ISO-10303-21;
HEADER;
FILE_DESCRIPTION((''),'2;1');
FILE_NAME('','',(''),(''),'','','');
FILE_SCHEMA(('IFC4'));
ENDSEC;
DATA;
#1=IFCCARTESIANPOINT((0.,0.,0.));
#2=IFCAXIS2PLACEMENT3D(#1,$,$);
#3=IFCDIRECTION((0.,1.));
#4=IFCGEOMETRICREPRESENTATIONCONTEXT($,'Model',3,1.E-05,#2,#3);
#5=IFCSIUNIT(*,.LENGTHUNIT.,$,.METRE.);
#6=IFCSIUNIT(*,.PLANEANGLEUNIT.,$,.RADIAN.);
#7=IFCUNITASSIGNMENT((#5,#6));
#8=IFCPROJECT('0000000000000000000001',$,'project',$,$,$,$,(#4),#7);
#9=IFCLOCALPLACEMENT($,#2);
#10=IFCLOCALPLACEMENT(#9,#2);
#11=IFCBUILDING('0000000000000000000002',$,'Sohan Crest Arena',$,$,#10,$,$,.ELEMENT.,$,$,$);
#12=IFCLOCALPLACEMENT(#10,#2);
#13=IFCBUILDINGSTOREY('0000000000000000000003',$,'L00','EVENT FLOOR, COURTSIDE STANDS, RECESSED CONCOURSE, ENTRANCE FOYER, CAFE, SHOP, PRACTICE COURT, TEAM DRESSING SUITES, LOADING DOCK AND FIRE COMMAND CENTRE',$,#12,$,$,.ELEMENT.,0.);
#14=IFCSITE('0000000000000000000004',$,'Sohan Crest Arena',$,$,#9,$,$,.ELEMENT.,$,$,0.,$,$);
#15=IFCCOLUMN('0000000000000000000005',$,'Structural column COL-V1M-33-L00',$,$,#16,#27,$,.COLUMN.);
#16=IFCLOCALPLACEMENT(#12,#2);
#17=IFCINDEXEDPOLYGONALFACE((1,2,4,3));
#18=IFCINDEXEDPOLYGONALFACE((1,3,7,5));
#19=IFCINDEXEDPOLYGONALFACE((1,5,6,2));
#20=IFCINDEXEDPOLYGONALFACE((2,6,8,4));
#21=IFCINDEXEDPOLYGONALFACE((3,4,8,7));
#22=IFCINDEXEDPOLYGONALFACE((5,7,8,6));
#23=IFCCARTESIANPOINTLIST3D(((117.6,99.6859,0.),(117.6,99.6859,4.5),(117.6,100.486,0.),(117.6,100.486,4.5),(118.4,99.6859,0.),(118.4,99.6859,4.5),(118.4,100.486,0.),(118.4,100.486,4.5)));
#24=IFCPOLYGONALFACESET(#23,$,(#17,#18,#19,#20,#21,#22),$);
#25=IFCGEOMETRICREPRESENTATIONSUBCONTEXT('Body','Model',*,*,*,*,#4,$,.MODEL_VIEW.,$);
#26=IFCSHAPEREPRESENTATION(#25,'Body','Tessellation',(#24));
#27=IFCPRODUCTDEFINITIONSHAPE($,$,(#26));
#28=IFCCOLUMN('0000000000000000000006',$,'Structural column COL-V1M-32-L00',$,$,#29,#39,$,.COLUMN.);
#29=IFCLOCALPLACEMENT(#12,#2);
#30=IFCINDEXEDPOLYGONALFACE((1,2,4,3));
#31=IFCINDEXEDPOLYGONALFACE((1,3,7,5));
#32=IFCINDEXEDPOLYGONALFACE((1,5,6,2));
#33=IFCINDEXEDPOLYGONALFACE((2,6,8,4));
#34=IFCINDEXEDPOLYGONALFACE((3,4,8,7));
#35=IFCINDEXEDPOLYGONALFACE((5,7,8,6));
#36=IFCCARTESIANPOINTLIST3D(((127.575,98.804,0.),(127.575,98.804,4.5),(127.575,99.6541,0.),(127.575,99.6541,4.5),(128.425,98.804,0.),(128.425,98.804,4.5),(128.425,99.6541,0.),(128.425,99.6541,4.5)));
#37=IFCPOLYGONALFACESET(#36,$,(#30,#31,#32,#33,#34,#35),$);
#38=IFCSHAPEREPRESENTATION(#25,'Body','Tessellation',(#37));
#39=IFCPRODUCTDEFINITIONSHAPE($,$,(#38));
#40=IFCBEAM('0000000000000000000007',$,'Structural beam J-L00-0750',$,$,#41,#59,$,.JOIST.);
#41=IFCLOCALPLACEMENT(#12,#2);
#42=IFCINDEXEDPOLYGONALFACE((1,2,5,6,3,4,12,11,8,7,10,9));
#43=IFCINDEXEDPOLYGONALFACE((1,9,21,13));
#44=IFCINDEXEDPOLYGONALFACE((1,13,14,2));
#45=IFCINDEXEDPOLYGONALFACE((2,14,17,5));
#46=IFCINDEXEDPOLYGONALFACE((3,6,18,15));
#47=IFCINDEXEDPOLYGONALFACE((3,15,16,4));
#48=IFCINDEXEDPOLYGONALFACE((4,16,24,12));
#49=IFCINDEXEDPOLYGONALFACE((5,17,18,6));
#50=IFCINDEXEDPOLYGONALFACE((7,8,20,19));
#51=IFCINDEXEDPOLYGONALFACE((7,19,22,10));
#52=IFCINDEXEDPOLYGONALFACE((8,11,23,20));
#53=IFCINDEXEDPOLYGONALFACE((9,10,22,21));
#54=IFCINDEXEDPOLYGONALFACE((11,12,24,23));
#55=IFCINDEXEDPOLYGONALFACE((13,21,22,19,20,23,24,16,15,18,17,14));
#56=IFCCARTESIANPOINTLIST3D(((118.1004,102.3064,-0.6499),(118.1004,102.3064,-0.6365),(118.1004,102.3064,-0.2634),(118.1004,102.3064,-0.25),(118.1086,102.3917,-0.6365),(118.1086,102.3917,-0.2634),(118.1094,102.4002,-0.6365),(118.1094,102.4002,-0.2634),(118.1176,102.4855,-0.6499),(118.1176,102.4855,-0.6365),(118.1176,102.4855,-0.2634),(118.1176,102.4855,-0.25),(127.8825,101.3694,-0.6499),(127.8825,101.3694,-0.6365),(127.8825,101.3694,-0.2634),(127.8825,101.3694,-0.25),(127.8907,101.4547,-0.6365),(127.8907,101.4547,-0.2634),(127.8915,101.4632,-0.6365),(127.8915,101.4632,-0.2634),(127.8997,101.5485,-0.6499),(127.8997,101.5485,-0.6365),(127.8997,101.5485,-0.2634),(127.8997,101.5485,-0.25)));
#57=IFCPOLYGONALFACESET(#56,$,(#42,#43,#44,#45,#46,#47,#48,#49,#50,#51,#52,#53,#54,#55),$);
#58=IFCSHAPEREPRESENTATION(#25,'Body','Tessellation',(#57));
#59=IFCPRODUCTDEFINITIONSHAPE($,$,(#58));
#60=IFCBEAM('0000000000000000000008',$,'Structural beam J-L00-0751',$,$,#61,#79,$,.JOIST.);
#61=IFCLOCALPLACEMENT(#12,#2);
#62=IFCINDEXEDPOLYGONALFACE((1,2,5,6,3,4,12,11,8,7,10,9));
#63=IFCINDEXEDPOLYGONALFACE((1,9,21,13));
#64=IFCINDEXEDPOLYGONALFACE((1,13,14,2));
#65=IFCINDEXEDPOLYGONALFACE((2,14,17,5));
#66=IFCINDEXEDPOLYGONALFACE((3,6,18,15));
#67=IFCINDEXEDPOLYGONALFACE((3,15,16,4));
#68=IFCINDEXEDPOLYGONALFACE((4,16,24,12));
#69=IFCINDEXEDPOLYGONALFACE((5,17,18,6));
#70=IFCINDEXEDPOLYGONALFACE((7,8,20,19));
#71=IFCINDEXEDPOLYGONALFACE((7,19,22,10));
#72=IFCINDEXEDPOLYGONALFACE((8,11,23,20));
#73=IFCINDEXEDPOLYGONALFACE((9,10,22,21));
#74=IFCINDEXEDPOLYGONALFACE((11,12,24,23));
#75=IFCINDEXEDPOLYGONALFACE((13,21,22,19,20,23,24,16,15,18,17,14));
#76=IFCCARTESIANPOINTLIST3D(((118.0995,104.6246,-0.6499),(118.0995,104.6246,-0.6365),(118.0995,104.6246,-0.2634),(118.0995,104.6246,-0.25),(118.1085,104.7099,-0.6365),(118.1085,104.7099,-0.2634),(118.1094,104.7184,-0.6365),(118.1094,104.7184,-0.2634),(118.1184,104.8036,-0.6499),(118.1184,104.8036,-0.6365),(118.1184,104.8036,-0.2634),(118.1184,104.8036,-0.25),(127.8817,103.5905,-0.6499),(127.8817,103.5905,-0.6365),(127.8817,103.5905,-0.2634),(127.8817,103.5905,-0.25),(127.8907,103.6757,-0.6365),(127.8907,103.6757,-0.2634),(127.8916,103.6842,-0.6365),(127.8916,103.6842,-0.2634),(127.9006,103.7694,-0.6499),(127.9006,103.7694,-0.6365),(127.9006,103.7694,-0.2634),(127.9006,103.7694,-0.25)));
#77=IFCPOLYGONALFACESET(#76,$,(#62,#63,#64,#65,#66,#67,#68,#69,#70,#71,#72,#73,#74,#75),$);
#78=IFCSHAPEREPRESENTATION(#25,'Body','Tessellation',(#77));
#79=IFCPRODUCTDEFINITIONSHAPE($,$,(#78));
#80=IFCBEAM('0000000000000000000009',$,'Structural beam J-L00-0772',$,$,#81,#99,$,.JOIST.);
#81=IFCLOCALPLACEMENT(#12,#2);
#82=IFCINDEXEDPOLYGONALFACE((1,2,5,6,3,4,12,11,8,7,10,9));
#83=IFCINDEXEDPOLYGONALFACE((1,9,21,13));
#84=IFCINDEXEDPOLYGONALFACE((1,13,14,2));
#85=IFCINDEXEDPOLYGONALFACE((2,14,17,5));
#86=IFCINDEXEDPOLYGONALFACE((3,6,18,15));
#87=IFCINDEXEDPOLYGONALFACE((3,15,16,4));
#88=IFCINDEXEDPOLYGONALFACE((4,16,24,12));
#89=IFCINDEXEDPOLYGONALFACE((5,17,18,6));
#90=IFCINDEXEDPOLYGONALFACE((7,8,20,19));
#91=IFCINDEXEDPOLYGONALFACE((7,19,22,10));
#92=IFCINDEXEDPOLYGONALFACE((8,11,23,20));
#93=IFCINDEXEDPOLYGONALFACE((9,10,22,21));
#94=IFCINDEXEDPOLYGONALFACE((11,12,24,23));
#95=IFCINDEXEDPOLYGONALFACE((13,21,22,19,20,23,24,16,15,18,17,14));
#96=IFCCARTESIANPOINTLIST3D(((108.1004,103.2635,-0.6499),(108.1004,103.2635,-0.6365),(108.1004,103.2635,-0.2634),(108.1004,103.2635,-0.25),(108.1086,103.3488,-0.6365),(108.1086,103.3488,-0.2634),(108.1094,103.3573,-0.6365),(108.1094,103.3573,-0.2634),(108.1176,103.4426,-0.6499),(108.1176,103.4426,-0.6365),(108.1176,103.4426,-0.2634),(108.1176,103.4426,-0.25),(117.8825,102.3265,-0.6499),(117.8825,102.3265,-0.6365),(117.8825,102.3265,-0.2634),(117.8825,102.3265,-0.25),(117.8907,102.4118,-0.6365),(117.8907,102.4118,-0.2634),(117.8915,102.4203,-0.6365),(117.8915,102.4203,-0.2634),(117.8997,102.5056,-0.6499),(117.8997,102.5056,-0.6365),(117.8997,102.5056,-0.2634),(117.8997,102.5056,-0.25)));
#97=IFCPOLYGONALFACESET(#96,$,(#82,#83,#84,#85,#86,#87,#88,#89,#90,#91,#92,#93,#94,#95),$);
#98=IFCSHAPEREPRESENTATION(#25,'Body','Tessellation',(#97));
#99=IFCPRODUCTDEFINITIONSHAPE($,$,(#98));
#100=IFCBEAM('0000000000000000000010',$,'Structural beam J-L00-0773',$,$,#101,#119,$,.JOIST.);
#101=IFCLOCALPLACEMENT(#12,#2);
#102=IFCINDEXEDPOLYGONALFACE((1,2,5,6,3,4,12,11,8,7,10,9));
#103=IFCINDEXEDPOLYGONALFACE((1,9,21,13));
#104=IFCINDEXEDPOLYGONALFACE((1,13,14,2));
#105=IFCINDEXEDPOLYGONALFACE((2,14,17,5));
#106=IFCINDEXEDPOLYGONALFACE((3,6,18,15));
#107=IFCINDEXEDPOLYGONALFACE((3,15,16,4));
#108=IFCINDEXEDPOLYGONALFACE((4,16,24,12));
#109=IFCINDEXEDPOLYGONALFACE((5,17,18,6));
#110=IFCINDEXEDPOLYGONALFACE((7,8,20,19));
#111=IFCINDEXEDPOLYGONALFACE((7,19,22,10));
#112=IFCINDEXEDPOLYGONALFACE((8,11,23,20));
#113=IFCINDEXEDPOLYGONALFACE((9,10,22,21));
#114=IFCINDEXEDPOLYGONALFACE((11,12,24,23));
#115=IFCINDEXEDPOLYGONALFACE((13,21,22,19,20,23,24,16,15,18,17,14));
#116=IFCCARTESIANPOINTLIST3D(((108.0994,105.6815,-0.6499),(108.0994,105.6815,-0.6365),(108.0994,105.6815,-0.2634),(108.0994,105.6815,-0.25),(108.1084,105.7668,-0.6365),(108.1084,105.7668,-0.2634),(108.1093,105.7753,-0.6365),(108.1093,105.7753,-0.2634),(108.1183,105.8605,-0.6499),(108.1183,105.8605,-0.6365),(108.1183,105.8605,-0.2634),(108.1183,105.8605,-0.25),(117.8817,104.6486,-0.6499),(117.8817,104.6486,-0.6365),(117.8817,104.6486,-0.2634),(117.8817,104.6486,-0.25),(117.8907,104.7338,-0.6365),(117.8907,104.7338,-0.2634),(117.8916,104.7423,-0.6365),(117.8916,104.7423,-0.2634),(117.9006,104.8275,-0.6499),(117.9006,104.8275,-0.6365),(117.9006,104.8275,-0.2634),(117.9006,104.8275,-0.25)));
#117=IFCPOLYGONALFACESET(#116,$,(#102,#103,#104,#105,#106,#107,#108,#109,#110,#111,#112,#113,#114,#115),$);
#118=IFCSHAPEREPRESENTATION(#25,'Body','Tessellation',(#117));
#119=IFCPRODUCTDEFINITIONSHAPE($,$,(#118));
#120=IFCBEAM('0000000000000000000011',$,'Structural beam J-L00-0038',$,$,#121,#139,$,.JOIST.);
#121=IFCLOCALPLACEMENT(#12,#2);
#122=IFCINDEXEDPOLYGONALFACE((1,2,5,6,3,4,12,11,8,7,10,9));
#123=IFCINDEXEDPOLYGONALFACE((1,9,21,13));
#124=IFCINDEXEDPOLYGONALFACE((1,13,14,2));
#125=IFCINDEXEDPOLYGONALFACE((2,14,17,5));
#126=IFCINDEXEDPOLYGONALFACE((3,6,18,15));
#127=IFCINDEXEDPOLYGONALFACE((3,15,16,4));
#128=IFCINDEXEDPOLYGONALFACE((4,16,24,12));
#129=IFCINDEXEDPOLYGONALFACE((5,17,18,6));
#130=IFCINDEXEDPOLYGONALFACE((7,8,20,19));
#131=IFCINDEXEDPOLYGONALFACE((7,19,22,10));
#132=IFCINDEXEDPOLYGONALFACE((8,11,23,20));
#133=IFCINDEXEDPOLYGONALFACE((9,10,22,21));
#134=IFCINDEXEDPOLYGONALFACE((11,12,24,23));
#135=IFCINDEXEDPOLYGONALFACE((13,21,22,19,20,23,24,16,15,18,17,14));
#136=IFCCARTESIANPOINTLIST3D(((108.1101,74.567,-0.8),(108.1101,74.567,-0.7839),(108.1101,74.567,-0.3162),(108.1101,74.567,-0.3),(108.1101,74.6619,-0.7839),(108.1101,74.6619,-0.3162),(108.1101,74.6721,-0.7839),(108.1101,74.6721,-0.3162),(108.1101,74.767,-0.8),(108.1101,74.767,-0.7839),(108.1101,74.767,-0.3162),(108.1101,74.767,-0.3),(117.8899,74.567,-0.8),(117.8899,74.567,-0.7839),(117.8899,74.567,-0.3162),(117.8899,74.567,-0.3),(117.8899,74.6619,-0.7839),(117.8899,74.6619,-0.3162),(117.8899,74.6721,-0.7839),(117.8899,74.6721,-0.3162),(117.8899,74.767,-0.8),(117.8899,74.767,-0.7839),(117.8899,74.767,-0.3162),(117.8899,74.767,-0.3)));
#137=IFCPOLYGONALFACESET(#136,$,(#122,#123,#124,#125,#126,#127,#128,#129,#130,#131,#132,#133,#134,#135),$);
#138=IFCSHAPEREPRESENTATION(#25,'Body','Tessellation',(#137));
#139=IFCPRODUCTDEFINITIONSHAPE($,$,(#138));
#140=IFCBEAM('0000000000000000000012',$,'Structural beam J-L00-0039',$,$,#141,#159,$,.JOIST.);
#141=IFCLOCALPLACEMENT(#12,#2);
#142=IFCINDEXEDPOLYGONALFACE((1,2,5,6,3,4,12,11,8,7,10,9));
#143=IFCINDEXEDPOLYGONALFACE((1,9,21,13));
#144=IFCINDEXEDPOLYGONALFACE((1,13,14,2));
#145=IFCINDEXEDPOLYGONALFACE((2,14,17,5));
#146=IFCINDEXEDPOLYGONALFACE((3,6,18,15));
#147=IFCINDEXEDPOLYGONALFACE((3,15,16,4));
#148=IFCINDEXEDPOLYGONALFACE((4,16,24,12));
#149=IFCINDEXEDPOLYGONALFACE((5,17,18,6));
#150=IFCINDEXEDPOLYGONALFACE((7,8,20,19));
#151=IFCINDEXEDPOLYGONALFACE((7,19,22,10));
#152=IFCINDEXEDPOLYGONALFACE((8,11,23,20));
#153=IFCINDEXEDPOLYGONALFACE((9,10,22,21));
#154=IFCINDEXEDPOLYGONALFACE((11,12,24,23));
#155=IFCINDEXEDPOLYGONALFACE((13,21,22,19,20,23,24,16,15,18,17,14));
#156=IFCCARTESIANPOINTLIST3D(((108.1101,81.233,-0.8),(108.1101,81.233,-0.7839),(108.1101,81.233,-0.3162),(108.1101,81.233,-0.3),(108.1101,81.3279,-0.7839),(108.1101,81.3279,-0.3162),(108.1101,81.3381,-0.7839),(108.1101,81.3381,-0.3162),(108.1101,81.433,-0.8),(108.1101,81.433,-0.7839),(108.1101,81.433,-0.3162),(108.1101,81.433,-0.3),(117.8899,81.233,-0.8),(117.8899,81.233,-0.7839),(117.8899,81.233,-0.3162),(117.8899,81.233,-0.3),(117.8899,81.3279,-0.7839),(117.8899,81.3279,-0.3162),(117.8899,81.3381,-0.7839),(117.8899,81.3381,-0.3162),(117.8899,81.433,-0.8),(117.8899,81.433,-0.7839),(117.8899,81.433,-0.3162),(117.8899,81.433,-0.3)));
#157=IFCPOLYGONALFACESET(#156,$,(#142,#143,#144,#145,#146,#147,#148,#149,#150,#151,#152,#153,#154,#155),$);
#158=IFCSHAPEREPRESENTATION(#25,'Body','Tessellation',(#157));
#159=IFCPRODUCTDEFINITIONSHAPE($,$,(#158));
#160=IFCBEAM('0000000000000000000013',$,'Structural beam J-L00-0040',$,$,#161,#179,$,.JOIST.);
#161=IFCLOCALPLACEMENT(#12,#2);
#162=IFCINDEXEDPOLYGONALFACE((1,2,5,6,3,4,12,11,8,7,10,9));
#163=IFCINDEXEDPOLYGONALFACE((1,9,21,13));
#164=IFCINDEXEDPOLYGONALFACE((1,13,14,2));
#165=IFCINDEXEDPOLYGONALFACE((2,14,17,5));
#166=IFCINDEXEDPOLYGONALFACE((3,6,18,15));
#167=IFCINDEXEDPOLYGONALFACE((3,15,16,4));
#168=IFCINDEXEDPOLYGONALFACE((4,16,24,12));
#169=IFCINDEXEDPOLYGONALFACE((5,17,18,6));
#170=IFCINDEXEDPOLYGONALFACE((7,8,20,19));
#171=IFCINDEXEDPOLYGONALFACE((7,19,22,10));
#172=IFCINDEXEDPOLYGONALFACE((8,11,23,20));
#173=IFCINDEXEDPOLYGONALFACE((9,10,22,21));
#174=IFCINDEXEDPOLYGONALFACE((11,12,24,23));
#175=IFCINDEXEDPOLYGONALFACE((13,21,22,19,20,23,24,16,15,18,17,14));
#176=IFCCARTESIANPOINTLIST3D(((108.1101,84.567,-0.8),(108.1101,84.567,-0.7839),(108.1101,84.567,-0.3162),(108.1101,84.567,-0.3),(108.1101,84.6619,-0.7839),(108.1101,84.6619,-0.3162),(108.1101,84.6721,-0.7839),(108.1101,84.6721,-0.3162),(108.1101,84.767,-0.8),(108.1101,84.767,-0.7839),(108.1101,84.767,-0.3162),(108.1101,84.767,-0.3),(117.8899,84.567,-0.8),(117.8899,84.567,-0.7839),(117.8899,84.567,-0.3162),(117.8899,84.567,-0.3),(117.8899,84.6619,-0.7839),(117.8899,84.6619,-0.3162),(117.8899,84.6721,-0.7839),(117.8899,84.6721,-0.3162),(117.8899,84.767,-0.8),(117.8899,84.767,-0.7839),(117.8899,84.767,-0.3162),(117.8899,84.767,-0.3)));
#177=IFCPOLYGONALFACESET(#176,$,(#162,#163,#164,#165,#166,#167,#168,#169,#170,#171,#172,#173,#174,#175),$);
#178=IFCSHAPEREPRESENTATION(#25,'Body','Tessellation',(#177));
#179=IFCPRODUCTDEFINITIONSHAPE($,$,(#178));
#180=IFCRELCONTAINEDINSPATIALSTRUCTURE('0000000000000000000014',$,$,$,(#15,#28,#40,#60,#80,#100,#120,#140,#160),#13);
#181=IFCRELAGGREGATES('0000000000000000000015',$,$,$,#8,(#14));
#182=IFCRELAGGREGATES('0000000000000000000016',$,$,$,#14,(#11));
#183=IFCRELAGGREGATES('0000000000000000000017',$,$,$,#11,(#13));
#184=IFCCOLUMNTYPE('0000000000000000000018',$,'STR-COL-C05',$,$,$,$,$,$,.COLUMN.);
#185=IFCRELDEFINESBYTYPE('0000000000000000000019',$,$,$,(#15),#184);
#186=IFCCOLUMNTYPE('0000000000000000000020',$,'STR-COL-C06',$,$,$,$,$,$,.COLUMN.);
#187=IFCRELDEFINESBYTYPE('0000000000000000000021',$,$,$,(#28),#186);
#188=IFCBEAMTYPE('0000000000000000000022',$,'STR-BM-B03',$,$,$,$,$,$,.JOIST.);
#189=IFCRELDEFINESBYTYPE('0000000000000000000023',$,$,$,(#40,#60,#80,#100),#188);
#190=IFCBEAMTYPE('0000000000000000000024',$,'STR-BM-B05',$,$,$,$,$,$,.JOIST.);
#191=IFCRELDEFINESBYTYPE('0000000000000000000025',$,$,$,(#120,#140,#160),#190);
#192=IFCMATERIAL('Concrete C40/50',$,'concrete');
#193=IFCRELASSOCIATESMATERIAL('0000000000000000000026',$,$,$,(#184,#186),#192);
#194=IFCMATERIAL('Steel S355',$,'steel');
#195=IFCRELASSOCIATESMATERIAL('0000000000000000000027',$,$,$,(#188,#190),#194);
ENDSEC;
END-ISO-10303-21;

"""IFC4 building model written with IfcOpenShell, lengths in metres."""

from ifc_helpers import new_model, si_unit, direction, frame, origin, origin_2d, place, context, subcontext, project, spatial, rectangle, i_section, extrude, material, material_profile, profile_set, type_object, element, save


model = new_model("IFC4")

# Units and contexts
model_context = context("Model", 3, precision=1e-05, world=origin(), true_north=direction((0.0, 1.0)))
body_context = subcontext(model_context, "Body", "Model", "MODEL_VIEW")
ifc_project = project(units=[si_unit("LENGTHUNIT", "METRE"), si_unit("PLANEANGLEUNIT", "RADIAN")], contexts=[model_context])

# Site, building, storey
site_placement = place(None, origin())
site = spatial("IfcSite", under=ifc_project, at=site_placement, Name="Sohan Crest Arena", CompositionType="ELEMENT", RefElevation=0.0)
building_placement = place(site_placement, origin())
building = spatial("IfcBuilding", under=site, at=building_placement, Name="Sohan Crest Arena", CompositionType="ELEMENT")
storey_placement = place(building_placement, origin())
storey = spatial("IfcBuildingStorey", under=building, at=storey_placement, Name="L00", Description="EVENT FLOOR, COURTSIDE STANDS, RECESSED CONCOURSE, ENTRANCE FOYER, CAFE, SHOP, PRACTICE COURT, TEAM DRESSING SUITES, LOADING DOCK AND FIRE COMMAND CENTRE", CompositionType="ELEMENT", Elevation=0.0)

# Columns
ifc_material_1 = material(Name="Concrete C40/50", Category="concrete")
ifc_material_profile_1 = material_profile(ifc_material_1, rectangle(XDim=0.8, YDim=0.8, at=origin_2d()), Name="RC 800x800")
ifc_profile_set_1 = profile_set([ifc_material_profile_1], Name="Concrete C40/50")
column_type_1 = type_object("IfcColumnType", Name="STR-COL-C05", PredefinedType="COLUMN", material=ifc_profile_set_1)
column_1_placement = place(storey_placement, frame((118.0, 100.0859, 0.0), z_axis=(0.0, 0.0, 1.0), x_axis=(1.0, 0.0, 0.0)))
element("IfcColumn", 1, at=column_1_placement, inside=storey, type_object=column_type_1, Name="Structural column COL-V1M-33-L00", PredefinedType="COLUMN", context=body_context, shape_type="SweptSolid", body=[
    extrude(rectangle(XDim=0.8, YDim=0.8, at=origin_2d()), origin(), (0.0, 0.0, 1.0), 4.5),
])
ifc_material_profile_2 = material_profile(ifc_material_1, rectangle(XDim=0.8501, YDim=0.8501, at=origin_2d()), Name="RC 850x850")
ifc_profile_set_2 = profile_set([ifc_material_profile_2], Name="Concrete C40/50")
column_type_2 = type_object("IfcColumnType", Name="STR-COL-C06", PredefinedType="COLUMN", material=ifc_profile_set_2)
column_2_placement = place(storey_placement, frame((128.0, 99.229, 0.0), z_axis=(0.0, 0.0, 1.0), x_axis=(1.0, 0.0, 0.0)))
element("IfcColumn", 2, at=column_2_placement, inside=storey, type_object=column_type_2, Name="Structural column COL-V1M-32-L00", PredefinedType="COLUMN", context=body_context, shape_type="SweptSolid", body=[
    extrude(rectangle(XDim=0.8501, YDim=0.8501, at=origin_2d()), origin(), (0.0, 0.0, 1.0), 4.5),
])

# Beams
ifc_material_2 = material(Name="Steel S355", Category="steel")
ifc_material_profile_3 = material_profile(ifc_material_2, i_section(OverallWidth=0.1799, OverallDepth=0.3999, WebThickness=0.0085, FlangeThickness=0.0134, at=origin_2d()), Name="IPE 400")
ifc_profile_set_3 = profile_set([ifc_material_profile_3], Name="Steel S355")
beam_type_1 = type_object("IfcBeamType", Name="STR-BM-B03", PredefinedType="JOIST", material=ifc_profile_set_3)
beam_1_placement = place(storey_placement, frame((127.8911, 101.459, -0.45), z_axis=(-0.995444, 0.095351, 0.0), x_axis=(-0.095351, -0.995444, 0.0)))
element("IfcBeam", 3, at=beam_1_placement, inside=storey, type_object=beam_type_1, Name="Structural beam J-L00-0750", PredefinedType="JOIST", context=body_context, shape_type="SweptSolid", body=[
    extrude(i_section(OverallWidth=0.1799, OverallDepth=0.3999, WebThickness=0.0085, FlangeThickness=0.0134, at=origin_2d()), origin(), (0.0, 0.0, 1.0), 9.8269),
])
beam_2_placement = place(storey_placement, frame((127.8911, 103.6799, -0.45), z_axis=(-0.994458, 0.105134, 0.0), x_axis=(-0.105134, -0.994458, 0.0)))
element("IfcBeam", 4, at=beam_2_placement, inside=storey, type_object=beam_type_1, Name="Structural beam J-L00-0751", PredefinedType="JOIST", context=body_context, shape_type="SweptSolid", body=[
    extrude(i_section(OverallWidth=0.1799, OverallDepth=0.3999, WebThickness=0.0085, FlangeThickness=0.0134, at=origin_2d()), origin(), (0.0, 0.0, 1.0), 9.8367),
])
beam_3_placement = place(storey_placement, frame((117.8911, 102.416, -0.45), z_axis=(-0.995444, 0.095351, 0.0), x_axis=(-0.095351, -0.995444, 0.0)))
element("IfcBeam", 5, at=beam_3_placement, inside=storey, type_object=beam_type_1, Name="Structural beam J-L00-0772", PredefinedType="JOIST", context=body_context, shape_type="SweptSolid", body=[
    extrude(i_section(OverallWidth=0.1799, OverallDepth=0.3999, WebThickness=0.0085, FlangeThickness=0.0134, at=origin_2d()), origin(), (0.0, 0.0, 1.0), 9.8269),
])
beam_4_placement = place(storey_placement, frame((117.8911, 104.738, -0.45), z_axis=(-0.994471, 0.105012, 0.0), x_axis=(-0.105012, -0.994471, 0.0)))
element("IfcBeam", 6, at=beam_4_placement, inside=storey, type_object=beam_type_1, Name="Structural beam J-L00-0773", PredefinedType="JOIST", context=body_context, shape_type="SweptSolid", body=[
    extrude(i_section(OverallWidth=0.1799, OverallDepth=0.3999, WebThickness=0.0085, FlangeThickness=0.0134, at=origin_2d()), origin(), (0.0, 0.0, 1.0), 9.8367),
])
ifc_material_profile_4 = material_profile(ifc_material_2, i_section(OverallWidth=0.2, OverallDepth=0.5, WebThickness=0.0103, FlangeThickness=0.0161, at=origin_2d()), Name="IPE 500")
ifc_profile_set_4 = profile_set([ifc_material_profile_4], Name="Steel S355")
beam_type_2 = type_object("IfcBeamType", Name="STR-BM-B05", PredefinedType="JOIST", material=ifc_profile_set_4)
for number, where, z_axis, x_axis, name in (
    (7, (108.1101, 74.667, -0.55), (1.0, 0.0, 0.0), (0.0, 1.0, 0.0), "Structural beam J-L00-0038"),
    (8, (108.1101, 81.333, -0.55), (1.0, 0.0, 0.0), (0.0, 1.0, 0.0), "Structural beam J-L00-0039"),
    (9, (108.1101, 84.667, -0.55), (1.0, 0.0, 0.0), (0.0, 1.0, 0.0), "Structural beam J-L00-0040"),
):
    element("IfcBeam", number, at=place(storey_placement, frame(where, z_axis=z_axis, x_axis=x_axis)), inside=storey, type_object=beam_type_2, Name=name, PredefinedType="JOIST", context=body_context, shape_type="SweptSolid", body=[
        extrude(i_section(OverallWidth=0.2, OverallDepth=0.5, WebThickness=0.0103, FlangeThickness=0.0161, at=origin_2d()), origin(), (0.0, 0.0, 1.0), 9.7798),
    ])

save(model, "model.ifc")
